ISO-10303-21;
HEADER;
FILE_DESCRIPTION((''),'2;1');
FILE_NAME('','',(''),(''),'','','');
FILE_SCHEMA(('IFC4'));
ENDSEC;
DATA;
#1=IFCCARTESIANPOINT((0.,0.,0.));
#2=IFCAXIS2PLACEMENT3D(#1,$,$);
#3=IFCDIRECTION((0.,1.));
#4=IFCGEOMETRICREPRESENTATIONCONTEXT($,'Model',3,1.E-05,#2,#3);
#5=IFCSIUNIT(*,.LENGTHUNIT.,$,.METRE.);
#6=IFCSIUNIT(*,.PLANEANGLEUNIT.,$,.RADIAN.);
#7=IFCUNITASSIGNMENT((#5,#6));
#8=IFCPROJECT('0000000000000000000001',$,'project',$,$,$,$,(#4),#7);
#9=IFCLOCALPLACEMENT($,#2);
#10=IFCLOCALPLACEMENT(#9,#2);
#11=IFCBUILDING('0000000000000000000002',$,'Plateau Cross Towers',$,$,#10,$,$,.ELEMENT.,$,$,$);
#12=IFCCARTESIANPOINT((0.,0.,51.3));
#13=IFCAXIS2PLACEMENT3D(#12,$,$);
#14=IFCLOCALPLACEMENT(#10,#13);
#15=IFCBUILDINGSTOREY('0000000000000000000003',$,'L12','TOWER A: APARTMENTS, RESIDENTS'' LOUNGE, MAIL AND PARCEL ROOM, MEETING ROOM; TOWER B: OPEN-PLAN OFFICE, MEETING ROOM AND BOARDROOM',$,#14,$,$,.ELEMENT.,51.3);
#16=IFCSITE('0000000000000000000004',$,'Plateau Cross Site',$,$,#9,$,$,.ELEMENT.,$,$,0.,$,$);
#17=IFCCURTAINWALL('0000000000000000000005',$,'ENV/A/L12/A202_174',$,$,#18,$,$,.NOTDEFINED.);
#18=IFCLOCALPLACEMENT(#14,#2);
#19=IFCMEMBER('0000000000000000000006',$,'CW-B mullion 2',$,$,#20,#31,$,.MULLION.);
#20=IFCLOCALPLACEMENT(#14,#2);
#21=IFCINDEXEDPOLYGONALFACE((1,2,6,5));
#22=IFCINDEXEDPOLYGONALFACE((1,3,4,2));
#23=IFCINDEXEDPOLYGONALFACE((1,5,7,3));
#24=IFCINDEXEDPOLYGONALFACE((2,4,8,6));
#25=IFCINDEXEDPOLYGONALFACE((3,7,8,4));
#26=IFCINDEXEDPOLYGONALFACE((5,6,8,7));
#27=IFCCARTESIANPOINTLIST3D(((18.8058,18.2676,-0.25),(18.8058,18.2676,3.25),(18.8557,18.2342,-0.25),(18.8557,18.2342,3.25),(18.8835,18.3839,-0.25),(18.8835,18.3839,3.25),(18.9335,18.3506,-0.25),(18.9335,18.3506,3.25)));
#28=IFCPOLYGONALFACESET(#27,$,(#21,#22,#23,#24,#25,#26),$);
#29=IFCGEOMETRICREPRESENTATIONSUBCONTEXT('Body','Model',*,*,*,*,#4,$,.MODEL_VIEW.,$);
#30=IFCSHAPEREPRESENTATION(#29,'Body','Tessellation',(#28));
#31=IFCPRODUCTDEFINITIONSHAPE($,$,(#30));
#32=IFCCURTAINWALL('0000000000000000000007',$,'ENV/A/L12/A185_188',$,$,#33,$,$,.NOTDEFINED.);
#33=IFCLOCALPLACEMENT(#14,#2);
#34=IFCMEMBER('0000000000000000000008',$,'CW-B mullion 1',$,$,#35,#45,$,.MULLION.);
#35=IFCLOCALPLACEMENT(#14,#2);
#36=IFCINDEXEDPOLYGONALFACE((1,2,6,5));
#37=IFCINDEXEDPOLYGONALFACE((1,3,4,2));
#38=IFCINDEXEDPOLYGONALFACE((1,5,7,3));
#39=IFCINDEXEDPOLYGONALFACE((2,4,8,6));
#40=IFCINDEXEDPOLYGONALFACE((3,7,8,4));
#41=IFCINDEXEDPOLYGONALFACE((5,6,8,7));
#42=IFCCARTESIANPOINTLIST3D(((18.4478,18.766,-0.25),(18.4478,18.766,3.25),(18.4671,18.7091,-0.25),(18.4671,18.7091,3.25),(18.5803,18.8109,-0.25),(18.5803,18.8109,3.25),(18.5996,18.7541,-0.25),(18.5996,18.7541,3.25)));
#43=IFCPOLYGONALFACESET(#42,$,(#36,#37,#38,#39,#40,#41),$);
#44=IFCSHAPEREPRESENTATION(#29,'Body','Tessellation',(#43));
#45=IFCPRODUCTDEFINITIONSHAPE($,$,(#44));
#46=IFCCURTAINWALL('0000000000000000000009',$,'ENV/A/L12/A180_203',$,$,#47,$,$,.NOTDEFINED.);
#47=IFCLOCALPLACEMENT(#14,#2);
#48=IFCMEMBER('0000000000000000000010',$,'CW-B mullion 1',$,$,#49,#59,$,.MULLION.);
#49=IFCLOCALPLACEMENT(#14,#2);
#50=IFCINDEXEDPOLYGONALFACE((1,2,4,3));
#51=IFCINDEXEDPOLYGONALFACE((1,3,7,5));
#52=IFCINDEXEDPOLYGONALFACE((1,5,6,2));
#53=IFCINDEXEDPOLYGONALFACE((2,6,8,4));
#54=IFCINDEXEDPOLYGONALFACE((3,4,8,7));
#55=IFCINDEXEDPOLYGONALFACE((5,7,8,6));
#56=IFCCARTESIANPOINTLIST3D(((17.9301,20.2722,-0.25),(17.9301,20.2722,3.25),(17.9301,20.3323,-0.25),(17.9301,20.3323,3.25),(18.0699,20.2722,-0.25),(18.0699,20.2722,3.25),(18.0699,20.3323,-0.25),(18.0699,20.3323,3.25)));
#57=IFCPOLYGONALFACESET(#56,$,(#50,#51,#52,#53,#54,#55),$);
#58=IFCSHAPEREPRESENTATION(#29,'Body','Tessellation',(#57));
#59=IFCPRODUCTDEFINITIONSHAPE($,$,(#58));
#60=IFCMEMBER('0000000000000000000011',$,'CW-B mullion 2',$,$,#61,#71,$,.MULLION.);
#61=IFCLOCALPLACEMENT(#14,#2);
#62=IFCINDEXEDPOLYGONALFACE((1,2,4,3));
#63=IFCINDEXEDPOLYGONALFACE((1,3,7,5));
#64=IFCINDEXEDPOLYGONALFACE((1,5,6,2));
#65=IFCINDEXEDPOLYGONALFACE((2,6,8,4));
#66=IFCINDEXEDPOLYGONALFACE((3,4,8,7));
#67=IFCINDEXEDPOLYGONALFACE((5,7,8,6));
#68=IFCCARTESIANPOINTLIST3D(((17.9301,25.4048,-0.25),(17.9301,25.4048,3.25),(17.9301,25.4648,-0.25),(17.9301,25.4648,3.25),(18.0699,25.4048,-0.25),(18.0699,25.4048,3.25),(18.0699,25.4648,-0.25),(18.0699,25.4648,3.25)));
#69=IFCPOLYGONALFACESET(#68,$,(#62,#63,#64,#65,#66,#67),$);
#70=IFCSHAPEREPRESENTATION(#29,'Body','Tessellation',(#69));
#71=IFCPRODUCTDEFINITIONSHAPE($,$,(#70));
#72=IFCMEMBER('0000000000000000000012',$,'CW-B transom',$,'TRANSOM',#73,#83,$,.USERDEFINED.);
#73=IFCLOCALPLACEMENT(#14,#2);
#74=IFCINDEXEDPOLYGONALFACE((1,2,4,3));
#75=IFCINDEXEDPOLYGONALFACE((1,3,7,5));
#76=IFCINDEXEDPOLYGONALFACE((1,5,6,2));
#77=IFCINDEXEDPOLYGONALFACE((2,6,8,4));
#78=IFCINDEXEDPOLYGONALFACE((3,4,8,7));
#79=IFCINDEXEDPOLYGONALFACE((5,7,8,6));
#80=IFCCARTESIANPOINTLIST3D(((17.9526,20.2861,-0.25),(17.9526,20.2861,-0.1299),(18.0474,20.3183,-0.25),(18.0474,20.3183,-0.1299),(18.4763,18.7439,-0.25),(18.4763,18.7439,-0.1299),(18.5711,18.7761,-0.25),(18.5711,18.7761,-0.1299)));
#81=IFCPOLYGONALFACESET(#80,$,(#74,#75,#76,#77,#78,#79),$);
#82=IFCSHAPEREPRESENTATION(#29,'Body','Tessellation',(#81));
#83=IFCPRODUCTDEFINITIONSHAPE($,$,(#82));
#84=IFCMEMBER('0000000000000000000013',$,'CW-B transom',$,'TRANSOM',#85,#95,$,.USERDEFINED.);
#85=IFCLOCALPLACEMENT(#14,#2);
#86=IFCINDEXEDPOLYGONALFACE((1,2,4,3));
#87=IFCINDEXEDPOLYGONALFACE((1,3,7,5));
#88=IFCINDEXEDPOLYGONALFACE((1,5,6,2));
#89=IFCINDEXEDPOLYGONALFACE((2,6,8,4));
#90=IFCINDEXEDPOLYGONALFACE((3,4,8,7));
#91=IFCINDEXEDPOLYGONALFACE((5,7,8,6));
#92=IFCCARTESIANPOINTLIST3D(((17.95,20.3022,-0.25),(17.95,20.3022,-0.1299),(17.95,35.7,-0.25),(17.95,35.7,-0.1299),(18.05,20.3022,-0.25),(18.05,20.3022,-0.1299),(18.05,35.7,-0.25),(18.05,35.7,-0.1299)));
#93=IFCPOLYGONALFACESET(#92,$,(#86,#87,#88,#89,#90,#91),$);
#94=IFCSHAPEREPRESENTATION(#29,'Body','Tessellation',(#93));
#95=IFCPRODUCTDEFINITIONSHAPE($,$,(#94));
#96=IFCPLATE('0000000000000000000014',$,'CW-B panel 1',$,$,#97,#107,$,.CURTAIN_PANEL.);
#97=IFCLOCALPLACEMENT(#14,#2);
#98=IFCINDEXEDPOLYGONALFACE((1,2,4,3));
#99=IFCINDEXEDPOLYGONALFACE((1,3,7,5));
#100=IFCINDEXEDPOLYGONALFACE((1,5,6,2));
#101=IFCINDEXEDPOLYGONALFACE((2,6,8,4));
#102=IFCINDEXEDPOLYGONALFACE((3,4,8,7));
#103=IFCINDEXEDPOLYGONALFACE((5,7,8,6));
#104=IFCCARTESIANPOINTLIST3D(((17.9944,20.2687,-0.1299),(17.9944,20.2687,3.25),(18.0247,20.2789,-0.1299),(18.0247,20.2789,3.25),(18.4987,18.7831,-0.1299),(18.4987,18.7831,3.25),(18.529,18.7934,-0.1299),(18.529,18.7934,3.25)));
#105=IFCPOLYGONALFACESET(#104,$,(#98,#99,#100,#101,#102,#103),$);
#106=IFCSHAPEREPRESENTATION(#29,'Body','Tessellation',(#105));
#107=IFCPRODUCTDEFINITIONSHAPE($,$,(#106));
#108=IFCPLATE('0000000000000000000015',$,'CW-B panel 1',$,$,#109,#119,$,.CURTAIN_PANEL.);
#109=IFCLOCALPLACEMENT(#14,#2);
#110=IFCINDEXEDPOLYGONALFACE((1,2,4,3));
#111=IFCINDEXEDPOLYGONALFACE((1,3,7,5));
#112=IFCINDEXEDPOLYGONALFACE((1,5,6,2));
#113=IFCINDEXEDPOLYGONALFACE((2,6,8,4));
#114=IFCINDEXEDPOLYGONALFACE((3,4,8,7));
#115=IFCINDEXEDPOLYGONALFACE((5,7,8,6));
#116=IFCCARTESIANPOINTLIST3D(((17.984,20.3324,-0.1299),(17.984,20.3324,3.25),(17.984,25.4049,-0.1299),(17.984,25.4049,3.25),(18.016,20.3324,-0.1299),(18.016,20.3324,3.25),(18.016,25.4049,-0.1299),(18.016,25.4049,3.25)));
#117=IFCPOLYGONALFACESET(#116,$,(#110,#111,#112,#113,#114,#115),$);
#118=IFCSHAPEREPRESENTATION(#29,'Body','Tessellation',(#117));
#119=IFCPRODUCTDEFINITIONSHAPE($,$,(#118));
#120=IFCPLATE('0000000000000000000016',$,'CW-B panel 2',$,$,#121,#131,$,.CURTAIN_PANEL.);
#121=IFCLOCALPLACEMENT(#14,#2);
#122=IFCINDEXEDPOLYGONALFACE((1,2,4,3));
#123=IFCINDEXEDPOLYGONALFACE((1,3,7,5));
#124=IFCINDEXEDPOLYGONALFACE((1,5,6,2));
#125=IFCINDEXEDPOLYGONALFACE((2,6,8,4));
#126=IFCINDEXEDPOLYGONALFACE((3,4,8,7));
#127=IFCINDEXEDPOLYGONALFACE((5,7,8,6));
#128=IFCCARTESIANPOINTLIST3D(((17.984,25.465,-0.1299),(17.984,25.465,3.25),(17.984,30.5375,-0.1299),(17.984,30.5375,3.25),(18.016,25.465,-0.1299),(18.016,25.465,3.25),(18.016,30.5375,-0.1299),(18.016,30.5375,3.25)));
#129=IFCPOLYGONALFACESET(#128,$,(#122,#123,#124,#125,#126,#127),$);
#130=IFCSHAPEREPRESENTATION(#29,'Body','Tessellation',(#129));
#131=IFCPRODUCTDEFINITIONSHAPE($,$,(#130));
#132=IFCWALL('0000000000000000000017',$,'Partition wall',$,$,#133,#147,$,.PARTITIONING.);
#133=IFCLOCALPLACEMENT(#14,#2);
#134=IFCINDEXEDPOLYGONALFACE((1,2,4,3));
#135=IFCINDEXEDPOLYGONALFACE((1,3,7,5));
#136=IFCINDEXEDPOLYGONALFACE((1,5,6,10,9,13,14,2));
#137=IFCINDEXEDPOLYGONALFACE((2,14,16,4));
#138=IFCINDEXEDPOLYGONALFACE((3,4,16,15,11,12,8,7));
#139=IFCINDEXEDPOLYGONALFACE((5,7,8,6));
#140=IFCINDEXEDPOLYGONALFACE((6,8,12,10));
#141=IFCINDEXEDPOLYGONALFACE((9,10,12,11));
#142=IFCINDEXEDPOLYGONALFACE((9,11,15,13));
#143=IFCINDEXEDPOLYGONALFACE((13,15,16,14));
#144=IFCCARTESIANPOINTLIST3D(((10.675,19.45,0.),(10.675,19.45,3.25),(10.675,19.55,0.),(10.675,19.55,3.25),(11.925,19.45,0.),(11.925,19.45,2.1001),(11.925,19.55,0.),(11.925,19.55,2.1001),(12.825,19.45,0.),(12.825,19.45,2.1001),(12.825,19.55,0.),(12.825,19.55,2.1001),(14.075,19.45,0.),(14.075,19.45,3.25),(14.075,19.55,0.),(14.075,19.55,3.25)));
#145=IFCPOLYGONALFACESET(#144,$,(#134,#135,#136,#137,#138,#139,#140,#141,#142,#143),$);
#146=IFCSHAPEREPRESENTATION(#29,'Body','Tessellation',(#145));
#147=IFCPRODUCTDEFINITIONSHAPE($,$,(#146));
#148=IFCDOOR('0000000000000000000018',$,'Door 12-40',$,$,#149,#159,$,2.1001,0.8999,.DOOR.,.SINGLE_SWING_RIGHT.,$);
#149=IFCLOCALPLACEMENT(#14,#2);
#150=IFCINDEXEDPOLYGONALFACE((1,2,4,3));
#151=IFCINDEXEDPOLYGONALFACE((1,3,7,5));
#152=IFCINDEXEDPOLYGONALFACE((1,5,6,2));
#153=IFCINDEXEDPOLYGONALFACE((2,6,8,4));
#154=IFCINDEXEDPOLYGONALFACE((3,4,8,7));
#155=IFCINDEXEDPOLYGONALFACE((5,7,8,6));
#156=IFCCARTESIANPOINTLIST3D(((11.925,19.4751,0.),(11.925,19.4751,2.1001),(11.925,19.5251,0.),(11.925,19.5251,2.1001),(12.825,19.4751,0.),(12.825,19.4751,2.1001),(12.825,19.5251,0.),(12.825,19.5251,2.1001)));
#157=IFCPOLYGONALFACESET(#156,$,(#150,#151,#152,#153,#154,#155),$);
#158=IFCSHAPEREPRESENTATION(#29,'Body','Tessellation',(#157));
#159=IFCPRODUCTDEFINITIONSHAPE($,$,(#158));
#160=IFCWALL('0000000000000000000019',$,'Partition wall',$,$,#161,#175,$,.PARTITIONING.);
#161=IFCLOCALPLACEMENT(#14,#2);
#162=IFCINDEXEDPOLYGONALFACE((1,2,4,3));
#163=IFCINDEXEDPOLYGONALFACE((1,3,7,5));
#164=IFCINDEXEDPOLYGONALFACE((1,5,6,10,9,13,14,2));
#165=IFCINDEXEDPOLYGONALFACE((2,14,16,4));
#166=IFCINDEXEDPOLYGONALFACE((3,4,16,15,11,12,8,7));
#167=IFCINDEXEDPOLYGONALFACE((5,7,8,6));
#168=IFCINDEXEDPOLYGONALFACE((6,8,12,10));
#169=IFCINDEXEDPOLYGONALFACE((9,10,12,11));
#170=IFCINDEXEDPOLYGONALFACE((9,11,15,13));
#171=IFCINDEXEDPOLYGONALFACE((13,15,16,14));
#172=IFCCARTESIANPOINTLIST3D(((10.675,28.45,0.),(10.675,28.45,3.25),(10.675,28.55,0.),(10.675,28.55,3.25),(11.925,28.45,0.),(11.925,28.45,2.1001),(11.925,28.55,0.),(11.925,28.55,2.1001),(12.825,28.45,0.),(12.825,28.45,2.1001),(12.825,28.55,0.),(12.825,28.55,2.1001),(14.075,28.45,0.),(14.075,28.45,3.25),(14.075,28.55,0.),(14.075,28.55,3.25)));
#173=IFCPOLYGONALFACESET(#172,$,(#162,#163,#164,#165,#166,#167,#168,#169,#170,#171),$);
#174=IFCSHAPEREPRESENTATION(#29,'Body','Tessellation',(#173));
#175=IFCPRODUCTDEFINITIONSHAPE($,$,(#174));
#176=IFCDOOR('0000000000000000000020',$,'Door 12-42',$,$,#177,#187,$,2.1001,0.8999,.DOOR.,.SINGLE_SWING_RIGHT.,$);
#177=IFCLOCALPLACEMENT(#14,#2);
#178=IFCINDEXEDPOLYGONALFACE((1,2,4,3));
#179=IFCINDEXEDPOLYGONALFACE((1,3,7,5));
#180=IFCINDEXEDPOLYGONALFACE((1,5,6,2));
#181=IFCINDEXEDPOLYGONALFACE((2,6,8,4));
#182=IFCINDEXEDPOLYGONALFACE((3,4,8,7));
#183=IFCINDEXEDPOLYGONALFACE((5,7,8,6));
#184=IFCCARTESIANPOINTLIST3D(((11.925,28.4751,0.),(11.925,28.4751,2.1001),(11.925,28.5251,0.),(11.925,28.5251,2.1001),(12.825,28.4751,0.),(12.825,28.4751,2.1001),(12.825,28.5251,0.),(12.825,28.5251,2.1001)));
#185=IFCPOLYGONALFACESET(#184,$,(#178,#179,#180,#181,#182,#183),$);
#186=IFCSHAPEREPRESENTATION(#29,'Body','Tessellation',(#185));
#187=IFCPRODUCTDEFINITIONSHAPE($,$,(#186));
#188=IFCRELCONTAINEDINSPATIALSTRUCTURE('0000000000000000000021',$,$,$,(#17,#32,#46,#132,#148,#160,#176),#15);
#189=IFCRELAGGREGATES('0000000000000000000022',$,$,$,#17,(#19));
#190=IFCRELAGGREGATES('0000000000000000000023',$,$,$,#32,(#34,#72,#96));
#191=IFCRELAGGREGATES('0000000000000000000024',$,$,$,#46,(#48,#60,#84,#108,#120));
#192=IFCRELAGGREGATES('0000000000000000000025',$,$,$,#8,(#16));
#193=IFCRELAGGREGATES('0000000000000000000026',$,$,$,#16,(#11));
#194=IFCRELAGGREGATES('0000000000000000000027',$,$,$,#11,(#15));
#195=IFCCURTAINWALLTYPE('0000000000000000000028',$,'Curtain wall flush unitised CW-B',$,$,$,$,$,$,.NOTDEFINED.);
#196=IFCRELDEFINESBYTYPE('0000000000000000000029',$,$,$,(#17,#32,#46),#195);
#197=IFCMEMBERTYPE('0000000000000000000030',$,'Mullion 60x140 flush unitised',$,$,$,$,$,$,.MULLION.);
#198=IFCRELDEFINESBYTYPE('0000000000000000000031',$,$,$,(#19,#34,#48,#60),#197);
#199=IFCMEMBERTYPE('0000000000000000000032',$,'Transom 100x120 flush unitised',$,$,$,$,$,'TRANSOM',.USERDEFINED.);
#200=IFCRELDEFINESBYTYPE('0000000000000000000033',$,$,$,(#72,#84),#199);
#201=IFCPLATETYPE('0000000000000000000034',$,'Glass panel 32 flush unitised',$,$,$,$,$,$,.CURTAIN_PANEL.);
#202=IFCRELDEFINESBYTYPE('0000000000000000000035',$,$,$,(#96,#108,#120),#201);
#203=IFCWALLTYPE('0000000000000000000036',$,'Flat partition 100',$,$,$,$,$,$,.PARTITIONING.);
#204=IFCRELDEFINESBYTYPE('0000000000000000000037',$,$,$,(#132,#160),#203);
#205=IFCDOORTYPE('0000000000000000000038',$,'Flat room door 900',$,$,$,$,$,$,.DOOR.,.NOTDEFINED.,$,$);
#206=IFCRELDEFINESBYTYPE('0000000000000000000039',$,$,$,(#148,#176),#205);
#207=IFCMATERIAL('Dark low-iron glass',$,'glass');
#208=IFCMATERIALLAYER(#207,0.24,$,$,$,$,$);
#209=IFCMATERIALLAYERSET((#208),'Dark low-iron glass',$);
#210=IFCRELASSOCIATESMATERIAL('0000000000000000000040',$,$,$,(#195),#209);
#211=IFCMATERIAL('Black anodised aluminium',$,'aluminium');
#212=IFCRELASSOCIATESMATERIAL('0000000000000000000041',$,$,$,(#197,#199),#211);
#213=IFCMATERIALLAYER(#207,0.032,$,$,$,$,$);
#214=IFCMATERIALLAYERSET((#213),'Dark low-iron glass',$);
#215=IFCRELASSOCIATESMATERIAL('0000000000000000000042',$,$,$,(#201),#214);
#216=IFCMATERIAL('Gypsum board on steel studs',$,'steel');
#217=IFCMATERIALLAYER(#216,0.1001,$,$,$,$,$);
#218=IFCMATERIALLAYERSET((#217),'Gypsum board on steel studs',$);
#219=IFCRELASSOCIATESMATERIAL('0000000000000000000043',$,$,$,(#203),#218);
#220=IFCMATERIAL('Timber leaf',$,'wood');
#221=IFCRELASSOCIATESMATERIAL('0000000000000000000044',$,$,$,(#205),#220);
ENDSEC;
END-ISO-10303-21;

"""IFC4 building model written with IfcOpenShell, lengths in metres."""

from ifc_helpers import new_model, si_unit, direction, frame, frame_2d, origin, origin_2d, place, context, subcontext, project, spatial, rectangle, extrude, material, layer, layer_set, material_profile, profile_set, type_object, element, fill, aggregate, save


model = new_model("IFC4")

# Units and contexts
model_context = context("Model", 3, precision=1e-05, world=origin(), true_north=direction((0.0, 1.0)))
body_context = subcontext(model_context, "Body", "Model", "MODEL_VIEW")
ifc_project = project(units=[si_unit("LENGTHUNIT", "METRE"), si_unit("PLANEANGLEUNIT", "RADIAN")], contexts=[model_context])

# Site, building, storey
site_placement = place(None, origin())
site = spatial("IfcSite", under=ifc_project, at=site_placement, Name="Plateau Cross Site", CompositionType="ELEMENT", RefElevation=0.0)
building_placement = place(site_placement, origin())
building = spatial("IfcBuilding", under=site, at=building_placement, Name="Plateau Cross Towers", CompositionType="ELEMENT")
storey_placement = place(building_placement, frame((0.0, 0.0, 51.3)))
storey = spatial("IfcBuildingStorey", under=building, at=storey_placement, Name="L12", Description="TOWER A: APARTMENTS, RESIDENTS' LOUNGE, MAIL AND PARCEL ROOM, MEETING ROOM; TOWER B: OPEN-PLAN OFFICE, MEETING ROOM AND BOARDROOM", CompositionType="ELEMENT", Elevation=51.3)

# Curtain walls, members
ifc_material_1 = material(Name="Dark low-iron glass", Category="glass")
ifc_layer_1 = layer(ifc_material_1, 0.24)
ifc_layer_set_1 = layer_set([ifc_layer_1], Name="Dark low-iron glass")
curtain_wall_type = type_object("IfcCurtainWallType", Name="Curtain wall flush unitised CW-B", PredefinedType="NOTDEFINED", material=ifc_layer_set_1)
curtain_wall_1_placement = place(storey_placement, origin())
curtain_wall_1 = element("IfcCurtainWall", 1, at=curtain_wall_1_placement, inside=storey, type_object=curtain_wall_type, Name="ENV/A/L12/A202_174", PredefinedType="NOTDEFINED")
ifc_material_2 = material(Name="Black anodised aluminium", Category="aluminium")
ifc_material_profile_1 = material_profile(ifc_material_2, rectangle(XDim=0.0601, YDim=0.1399, at=origin_2d()), Name="MULLION 60x140")
ifc_profile_set_1 = profile_set([ifc_material_profile_1], Name="Black anodised aluminium")
member_type_1 = type_object("IfcMemberType", Name="Mullion 60x140 flush unitised", PredefinedType="MULLION", material=ifc_profile_set_1)
member_1_placement = place(storey_placement, frame((18.8696, 18.3091, -0.25), z_axis=(0.0, 0.0, 1.0), x_axis=(-0.831521, 0.555493, 0.0)))
member_1 = element("IfcMember", 2, at=member_1_placement, type_object=member_type_1, Name="CW-B mullion 2", PredefinedType="MULLION", context=body_context, shape_type="SweptSolid", body=[
    extrude(rectangle(XDim=0.0601, YDim=0.1399, at=origin_2d()), origin(), (0.0, 0.0, 1.0), 3.5),
])
aggregate(curtain_wall_1, [member_1])
curtain_wall_2_placement = place(storey_placement, origin())
curtain_wall_2 = element("IfcCurtainWall", 3, at=curtain_wall_2_placement, inside=storey, type_object=curtain_wall_type, Name="ENV/A/L12/A185_188", PredefinedType="NOTDEFINED")
member_2_placement = place(storey_placement, frame((18.5237, 18.76, -0.25), z_axis=(0.0, 0.0, 1.0), x_axis=(-0.321469, 0.94692, 0.0)))
member_2 = element("IfcMember", 4, at=member_2_placement, type_object=member_type_1, Name="CW-B mullion 1", PredefinedType="MULLION", context=body_context, shape_type="SweptSolid", body=[
    extrude(rectangle(XDim=0.0601, YDim=0.1399, at=origin_2d()), origin(), (0.0, 0.0, 1.0), 3.5),
])

# Curtain wall, members
curtain_wall_3_placement = place(storey_placement, origin())
curtain_wall_3 = element("IfcCurtainWall", 5, at=curtain_wall_3_placement, inside=storey, type_object=curtain_wall_type, Name="ENV/A/L12/A180_203", PredefinedType="NOTDEFINED")
member_3_placement = place(storey_placement, frame((18.0, 20.3022, -0.25), z_axis=(0.0, 0.0, 1.0), x_axis=(0.0, 1.0, 0.0)))
member_3 = element("IfcMember", 6, at=member_3_placement, type_object=member_type_1, Name="CW-B mullion 1", PredefinedType="MULLION", context=body_context, shape_type="SweptSolid", body=[
    extrude(rectangle(XDim=0.0601, YDim=0.1399, at=origin_2d()), origin(), (0.0, 0.0, 1.0), 3.5),
])
member_4_placement = place(storey_placement, frame((18.0, 25.4348, -0.25), z_axis=(0.0, 0.0, 1.0), x_axis=(0.0, 1.0, 0.0)))
member_4 = element("IfcMember", 7, at=member_4_placement, type_object=member_type_1, Name="CW-B mullion 2", PredefinedType="MULLION", context=body_context, shape_type="SweptSolid", body=[
    extrude(rectangle(XDim=0.0601, YDim=0.1399, at=origin_2d()), origin(), (0.0, 0.0, 1.0), 3.5),
])

# Members
ifc_material_profile_2 = material_profile(ifc_material_2, rectangle(XDim=0.1001, YDim=0.1201, at=origin_2d()), Name="TRANSOM 100x120")
ifc_profile_set_2 = profile_set([ifc_material_profile_2], Name="Black anodised aluminium")
member_type_2 = type_object("IfcMemberType", Name="Transom 100x120 flush unitised", ElementType="TRANSOM", PredefinedType="USERDEFINED", material=ifc_profile_set_2)
member_5_placement = place(storey_placement, frame((18.5237, 18.76, -0.1899), z_axis=(-0.321529, 0.9469, 0.0), x_axis=(-0.9469, -0.321529, 0.0)))
member_5 = element("IfcMember", 8, at=member_5_placement, type_object=member_type_2, Name="CW-B transom", ObjectType="TRANSOM", PredefinedType="USERDEFINED", context=body_context, shape_type="SweptSolid", body=[
    extrude(rectangle(XDim=0.1001, YDim=0.1201, at=origin_2d()), origin(), (0.0, 0.0, 1.0), 1.6287),
])
member_6_placement = place(storey_placement, frame((18.0, 20.3022, -0.1899), z_axis=(0.0, 1.0, 0.0), x_axis=(-1.0, 0.0, 0.0)))
member_6 = element("IfcMember", 9, at=member_6_placement, type_object=member_type_2, Name="CW-B transom", ObjectType="TRANSOM", PredefinedType="USERDEFINED", context=body_context, shape_type="SweptSolid", body=[
    extrude(rectangle(XDim=0.1001, YDim=0.1201, at=origin_2d()), origin(), (0.0, 0.0, 1.0), 15.3977),
])

# Plates
ifc_layer_2 = layer(ifc_material_1, 0.032)
ifc_layer_set_2 = layer_set([ifc_layer_2], Name="Dark low-iron glass")
plate_type = type_object("IfcPlateType", Name="Glass panel 32 flush unitised", PredefinedType="CURTAIN_PANEL", material=ifc_layer_set_2)
plate_1_placement = place(storey_placement, frame((18.2617, 19.531, -0.1299), z_axis=(0.0, 0.0, 1.0), x_axis=(-0.321469, 0.94692, 0.0)))
plate_1 = element("IfcPlate", 10, at=plate_1_placement, type_object=plate_type, Name="CW-B panel 1", PredefinedType="CURTAIN_PANEL", context=body_context, shape_type="SweptSolid", body=[
    extrude(rectangle(XDim=1.5688, YDim=0.032, at=origin_2d()), origin(), (0.0, 0.0, 1.0), 3.3799),
])
aggregate(curtain_wall_2, [member_2, member_5, plate_1])
plate_2_placement = place(storey_placement, frame((18.0, 22.8687, -0.1299), z_axis=(0.0, 0.0, 1.0), x_axis=(0.0, 1.0, 0.0)))
plate_2 = element("IfcPlate", 11, at=plate_2_placement, type_object=plate_type, Name="CW-B panel 1", PredefinedType="CURTAIN_PANEL", context=body_context, shape_type="SweptSolid", body=[
    extrude(rectangle(XDim=5.0725, YDim=0.032, at=origin_2d()), origin(), (0.0, 0.0, 1.0), 3.3799),
])
plate_3_placement = place(storey_placement, frame((18.0, 28.0012, -0.1299), z_axis=(0.0, 0.0, 1.0), x_axis=(0.0, 1.0, 0.0)))
plate_3 = element("IfcPlate", 12, at=plate_3_placement, type_object=plate_type, Name="CW-B panel 2", PredefinedType="CURTAIN_PANEL", context=body_context, shape_type="SweptSolid", body=[
    extrude(rectangle(XDim=5.0725, YDim=0.032, at=origin_2d()), origin(), (0.0, 0.0, 1.0), 3.3799),
])
aggregate(curtain_wall_3, [member_3, member_4, member_6, plate_2, plate_3])

# Walls, openings, doors
ifc_material_3 = material(Name="Gypsum board on steel studs", Category="steel")
ifc_layer_3 = layer(ifc_material_3, 0.1001)
ifc_layer_set_3 = layer_set([ifc_layer_3], Name="Gypsum board on steel studs")
wall_type_1 = type_object("IfcWallType", Name="Flat partition 100", PredefinedType="PARTITIONING", material=ifc_layer_set_3)
wall_1_placement = place(storey_placement, frame((14.075, 19.5, 0.0), z_axis=(0.0, 0.0, 1.0), x_axis=(-1.0, 0.0, 0.0)))
wall_1 = element("IfcWall", 13, at=wall_1_placement, inside=storey, type_object=wall_type_1, Name="Partition wall", PredefinedType="PARTITIONING", context=body_context, shape_type="SweptSolid", body=[
    extrude(rectangle(XDim=3.3999, YDim=0.1001, at=frame_2d((1.7, 0.0))), origin(), (0.0, 0.0, 1.0), 3.25),
])
opening_1_placement = place(wall_1_placement, frame((1.25, 0.0, 0.0)))
opening_1 = element("IfcOpeningElement", 14, at=opening_1_placement, cuts=wall_1, PredefinedType="OPENING", context=body_context, shape_type="SweptSolid", body=[
    extrude(rectangle(XDim=0.8999, YDim=2.1001, at=frame_2d((0.45, 1.05))), frame((0.0, 0.0601, 0.0), z_axis=(0.0, -1.0, 0.0), x_axis=(1.0, 0.0, 0.0)), (0.0, 0.0, 1.0), 0.1201),
])
ifc_material_4 = material(Name="Timber leaf", Category="wood")
door_type = type_object("IfcDoorType", Name="Flat room door 900", OperationType="NOTDEFINED", PredefinedType="DOOR", material=ifc_material_4)
door_1_placement = place(opening_1_placement, origin())
door_1 = element("IfcDoor", 15, at=door_1_placement, inside=storey, type_object=door_type, Name="Door 12-40", OperationType="SINGLE_SWING_RIGHT", OverallHeight=2.1001, OverallWidth=0.8999, PredefinedType="DOOR", context=body_context, shape_type="SweptSolid", body=[
    extrude(rectangle(XDim=0.8999, YDim=2.1001, at=frame_2d((0.45, 1.05))), frame((0.0, 0.0249, 0.0), z_axis=(0.0, -1.0, 0.0), x_axis=(1.0, 0.0, 0.0)), (0.0, 0.0, 1.0), 0.05),
])
fill(opening_1, door_1)
wall_2_placement = place(storey_placement, frame((14.075, 28.5, 0.0), z_axis=(0.0, 0.0, 1.0), x_axis=(-1.0, 0.0, 0.0)))
wall_2 = element("IfcWall", 16, at=wall_2_placement, inside=storey, type_object=wall_type_1, Name="Partition wall", PredefinedType="PARTITIONING", context=body_context, shape_type="SweptSolid", body=[
    extrude(rectangle(XDim=3.3999, YDim=0.1001, at=frame_2d((1.7, 0.0))), origin(), (0.0, 0.0, 1.0), 3.25),
])
opening_2_placement = place(wall_2_placement, frame((1.25, 0.0, 0.0)))
opening_2 = element("IfcOpeningElement", 17, at=opening_2_placement, cuts=wall_2, PredefinedType="OPENING", context=body_context, shape_type="SweptSolid", body=[
    extrude(rectangle(XDim=0.8999, YDim=2.1001, at=frame_2d((0.45, 1.05))), frame((0.0, 0.0601, 0.0), z_axis=(0.0, -1.0, 0.0), x_axis=(1.0, 0.0, 0.0)), (0.0, 0.0, 1.0), 0.1201),
])
door_2_placement = place(opening_2_placement, origin())
door_2 = element("IfcDoor", 18, at=door_2_placement, inside=storey, type_object=door_type, Name="Door 12-42", OperationType="SINGLE_SWING_RIGHT", OverallHeight=2.1001, OverallWidth=0.8999, PredefinedType="DOOR", context=body_context, shape_type="SweptSolid", body=[
    extrude(rectangle(XDim=0.8999, YDim=2.1001, at=frame_2d((0.45, 1.05))), frame((0.0, 0.0249, 0.0), z_axis=(0.0, -1.0, 0.0), x_axis=(1.0, 0.0, 0.0)), (0.0, 0.0, 1.0), 0.05),
])
fill(opening_2, door_2)

save(model, "model.ifc")
